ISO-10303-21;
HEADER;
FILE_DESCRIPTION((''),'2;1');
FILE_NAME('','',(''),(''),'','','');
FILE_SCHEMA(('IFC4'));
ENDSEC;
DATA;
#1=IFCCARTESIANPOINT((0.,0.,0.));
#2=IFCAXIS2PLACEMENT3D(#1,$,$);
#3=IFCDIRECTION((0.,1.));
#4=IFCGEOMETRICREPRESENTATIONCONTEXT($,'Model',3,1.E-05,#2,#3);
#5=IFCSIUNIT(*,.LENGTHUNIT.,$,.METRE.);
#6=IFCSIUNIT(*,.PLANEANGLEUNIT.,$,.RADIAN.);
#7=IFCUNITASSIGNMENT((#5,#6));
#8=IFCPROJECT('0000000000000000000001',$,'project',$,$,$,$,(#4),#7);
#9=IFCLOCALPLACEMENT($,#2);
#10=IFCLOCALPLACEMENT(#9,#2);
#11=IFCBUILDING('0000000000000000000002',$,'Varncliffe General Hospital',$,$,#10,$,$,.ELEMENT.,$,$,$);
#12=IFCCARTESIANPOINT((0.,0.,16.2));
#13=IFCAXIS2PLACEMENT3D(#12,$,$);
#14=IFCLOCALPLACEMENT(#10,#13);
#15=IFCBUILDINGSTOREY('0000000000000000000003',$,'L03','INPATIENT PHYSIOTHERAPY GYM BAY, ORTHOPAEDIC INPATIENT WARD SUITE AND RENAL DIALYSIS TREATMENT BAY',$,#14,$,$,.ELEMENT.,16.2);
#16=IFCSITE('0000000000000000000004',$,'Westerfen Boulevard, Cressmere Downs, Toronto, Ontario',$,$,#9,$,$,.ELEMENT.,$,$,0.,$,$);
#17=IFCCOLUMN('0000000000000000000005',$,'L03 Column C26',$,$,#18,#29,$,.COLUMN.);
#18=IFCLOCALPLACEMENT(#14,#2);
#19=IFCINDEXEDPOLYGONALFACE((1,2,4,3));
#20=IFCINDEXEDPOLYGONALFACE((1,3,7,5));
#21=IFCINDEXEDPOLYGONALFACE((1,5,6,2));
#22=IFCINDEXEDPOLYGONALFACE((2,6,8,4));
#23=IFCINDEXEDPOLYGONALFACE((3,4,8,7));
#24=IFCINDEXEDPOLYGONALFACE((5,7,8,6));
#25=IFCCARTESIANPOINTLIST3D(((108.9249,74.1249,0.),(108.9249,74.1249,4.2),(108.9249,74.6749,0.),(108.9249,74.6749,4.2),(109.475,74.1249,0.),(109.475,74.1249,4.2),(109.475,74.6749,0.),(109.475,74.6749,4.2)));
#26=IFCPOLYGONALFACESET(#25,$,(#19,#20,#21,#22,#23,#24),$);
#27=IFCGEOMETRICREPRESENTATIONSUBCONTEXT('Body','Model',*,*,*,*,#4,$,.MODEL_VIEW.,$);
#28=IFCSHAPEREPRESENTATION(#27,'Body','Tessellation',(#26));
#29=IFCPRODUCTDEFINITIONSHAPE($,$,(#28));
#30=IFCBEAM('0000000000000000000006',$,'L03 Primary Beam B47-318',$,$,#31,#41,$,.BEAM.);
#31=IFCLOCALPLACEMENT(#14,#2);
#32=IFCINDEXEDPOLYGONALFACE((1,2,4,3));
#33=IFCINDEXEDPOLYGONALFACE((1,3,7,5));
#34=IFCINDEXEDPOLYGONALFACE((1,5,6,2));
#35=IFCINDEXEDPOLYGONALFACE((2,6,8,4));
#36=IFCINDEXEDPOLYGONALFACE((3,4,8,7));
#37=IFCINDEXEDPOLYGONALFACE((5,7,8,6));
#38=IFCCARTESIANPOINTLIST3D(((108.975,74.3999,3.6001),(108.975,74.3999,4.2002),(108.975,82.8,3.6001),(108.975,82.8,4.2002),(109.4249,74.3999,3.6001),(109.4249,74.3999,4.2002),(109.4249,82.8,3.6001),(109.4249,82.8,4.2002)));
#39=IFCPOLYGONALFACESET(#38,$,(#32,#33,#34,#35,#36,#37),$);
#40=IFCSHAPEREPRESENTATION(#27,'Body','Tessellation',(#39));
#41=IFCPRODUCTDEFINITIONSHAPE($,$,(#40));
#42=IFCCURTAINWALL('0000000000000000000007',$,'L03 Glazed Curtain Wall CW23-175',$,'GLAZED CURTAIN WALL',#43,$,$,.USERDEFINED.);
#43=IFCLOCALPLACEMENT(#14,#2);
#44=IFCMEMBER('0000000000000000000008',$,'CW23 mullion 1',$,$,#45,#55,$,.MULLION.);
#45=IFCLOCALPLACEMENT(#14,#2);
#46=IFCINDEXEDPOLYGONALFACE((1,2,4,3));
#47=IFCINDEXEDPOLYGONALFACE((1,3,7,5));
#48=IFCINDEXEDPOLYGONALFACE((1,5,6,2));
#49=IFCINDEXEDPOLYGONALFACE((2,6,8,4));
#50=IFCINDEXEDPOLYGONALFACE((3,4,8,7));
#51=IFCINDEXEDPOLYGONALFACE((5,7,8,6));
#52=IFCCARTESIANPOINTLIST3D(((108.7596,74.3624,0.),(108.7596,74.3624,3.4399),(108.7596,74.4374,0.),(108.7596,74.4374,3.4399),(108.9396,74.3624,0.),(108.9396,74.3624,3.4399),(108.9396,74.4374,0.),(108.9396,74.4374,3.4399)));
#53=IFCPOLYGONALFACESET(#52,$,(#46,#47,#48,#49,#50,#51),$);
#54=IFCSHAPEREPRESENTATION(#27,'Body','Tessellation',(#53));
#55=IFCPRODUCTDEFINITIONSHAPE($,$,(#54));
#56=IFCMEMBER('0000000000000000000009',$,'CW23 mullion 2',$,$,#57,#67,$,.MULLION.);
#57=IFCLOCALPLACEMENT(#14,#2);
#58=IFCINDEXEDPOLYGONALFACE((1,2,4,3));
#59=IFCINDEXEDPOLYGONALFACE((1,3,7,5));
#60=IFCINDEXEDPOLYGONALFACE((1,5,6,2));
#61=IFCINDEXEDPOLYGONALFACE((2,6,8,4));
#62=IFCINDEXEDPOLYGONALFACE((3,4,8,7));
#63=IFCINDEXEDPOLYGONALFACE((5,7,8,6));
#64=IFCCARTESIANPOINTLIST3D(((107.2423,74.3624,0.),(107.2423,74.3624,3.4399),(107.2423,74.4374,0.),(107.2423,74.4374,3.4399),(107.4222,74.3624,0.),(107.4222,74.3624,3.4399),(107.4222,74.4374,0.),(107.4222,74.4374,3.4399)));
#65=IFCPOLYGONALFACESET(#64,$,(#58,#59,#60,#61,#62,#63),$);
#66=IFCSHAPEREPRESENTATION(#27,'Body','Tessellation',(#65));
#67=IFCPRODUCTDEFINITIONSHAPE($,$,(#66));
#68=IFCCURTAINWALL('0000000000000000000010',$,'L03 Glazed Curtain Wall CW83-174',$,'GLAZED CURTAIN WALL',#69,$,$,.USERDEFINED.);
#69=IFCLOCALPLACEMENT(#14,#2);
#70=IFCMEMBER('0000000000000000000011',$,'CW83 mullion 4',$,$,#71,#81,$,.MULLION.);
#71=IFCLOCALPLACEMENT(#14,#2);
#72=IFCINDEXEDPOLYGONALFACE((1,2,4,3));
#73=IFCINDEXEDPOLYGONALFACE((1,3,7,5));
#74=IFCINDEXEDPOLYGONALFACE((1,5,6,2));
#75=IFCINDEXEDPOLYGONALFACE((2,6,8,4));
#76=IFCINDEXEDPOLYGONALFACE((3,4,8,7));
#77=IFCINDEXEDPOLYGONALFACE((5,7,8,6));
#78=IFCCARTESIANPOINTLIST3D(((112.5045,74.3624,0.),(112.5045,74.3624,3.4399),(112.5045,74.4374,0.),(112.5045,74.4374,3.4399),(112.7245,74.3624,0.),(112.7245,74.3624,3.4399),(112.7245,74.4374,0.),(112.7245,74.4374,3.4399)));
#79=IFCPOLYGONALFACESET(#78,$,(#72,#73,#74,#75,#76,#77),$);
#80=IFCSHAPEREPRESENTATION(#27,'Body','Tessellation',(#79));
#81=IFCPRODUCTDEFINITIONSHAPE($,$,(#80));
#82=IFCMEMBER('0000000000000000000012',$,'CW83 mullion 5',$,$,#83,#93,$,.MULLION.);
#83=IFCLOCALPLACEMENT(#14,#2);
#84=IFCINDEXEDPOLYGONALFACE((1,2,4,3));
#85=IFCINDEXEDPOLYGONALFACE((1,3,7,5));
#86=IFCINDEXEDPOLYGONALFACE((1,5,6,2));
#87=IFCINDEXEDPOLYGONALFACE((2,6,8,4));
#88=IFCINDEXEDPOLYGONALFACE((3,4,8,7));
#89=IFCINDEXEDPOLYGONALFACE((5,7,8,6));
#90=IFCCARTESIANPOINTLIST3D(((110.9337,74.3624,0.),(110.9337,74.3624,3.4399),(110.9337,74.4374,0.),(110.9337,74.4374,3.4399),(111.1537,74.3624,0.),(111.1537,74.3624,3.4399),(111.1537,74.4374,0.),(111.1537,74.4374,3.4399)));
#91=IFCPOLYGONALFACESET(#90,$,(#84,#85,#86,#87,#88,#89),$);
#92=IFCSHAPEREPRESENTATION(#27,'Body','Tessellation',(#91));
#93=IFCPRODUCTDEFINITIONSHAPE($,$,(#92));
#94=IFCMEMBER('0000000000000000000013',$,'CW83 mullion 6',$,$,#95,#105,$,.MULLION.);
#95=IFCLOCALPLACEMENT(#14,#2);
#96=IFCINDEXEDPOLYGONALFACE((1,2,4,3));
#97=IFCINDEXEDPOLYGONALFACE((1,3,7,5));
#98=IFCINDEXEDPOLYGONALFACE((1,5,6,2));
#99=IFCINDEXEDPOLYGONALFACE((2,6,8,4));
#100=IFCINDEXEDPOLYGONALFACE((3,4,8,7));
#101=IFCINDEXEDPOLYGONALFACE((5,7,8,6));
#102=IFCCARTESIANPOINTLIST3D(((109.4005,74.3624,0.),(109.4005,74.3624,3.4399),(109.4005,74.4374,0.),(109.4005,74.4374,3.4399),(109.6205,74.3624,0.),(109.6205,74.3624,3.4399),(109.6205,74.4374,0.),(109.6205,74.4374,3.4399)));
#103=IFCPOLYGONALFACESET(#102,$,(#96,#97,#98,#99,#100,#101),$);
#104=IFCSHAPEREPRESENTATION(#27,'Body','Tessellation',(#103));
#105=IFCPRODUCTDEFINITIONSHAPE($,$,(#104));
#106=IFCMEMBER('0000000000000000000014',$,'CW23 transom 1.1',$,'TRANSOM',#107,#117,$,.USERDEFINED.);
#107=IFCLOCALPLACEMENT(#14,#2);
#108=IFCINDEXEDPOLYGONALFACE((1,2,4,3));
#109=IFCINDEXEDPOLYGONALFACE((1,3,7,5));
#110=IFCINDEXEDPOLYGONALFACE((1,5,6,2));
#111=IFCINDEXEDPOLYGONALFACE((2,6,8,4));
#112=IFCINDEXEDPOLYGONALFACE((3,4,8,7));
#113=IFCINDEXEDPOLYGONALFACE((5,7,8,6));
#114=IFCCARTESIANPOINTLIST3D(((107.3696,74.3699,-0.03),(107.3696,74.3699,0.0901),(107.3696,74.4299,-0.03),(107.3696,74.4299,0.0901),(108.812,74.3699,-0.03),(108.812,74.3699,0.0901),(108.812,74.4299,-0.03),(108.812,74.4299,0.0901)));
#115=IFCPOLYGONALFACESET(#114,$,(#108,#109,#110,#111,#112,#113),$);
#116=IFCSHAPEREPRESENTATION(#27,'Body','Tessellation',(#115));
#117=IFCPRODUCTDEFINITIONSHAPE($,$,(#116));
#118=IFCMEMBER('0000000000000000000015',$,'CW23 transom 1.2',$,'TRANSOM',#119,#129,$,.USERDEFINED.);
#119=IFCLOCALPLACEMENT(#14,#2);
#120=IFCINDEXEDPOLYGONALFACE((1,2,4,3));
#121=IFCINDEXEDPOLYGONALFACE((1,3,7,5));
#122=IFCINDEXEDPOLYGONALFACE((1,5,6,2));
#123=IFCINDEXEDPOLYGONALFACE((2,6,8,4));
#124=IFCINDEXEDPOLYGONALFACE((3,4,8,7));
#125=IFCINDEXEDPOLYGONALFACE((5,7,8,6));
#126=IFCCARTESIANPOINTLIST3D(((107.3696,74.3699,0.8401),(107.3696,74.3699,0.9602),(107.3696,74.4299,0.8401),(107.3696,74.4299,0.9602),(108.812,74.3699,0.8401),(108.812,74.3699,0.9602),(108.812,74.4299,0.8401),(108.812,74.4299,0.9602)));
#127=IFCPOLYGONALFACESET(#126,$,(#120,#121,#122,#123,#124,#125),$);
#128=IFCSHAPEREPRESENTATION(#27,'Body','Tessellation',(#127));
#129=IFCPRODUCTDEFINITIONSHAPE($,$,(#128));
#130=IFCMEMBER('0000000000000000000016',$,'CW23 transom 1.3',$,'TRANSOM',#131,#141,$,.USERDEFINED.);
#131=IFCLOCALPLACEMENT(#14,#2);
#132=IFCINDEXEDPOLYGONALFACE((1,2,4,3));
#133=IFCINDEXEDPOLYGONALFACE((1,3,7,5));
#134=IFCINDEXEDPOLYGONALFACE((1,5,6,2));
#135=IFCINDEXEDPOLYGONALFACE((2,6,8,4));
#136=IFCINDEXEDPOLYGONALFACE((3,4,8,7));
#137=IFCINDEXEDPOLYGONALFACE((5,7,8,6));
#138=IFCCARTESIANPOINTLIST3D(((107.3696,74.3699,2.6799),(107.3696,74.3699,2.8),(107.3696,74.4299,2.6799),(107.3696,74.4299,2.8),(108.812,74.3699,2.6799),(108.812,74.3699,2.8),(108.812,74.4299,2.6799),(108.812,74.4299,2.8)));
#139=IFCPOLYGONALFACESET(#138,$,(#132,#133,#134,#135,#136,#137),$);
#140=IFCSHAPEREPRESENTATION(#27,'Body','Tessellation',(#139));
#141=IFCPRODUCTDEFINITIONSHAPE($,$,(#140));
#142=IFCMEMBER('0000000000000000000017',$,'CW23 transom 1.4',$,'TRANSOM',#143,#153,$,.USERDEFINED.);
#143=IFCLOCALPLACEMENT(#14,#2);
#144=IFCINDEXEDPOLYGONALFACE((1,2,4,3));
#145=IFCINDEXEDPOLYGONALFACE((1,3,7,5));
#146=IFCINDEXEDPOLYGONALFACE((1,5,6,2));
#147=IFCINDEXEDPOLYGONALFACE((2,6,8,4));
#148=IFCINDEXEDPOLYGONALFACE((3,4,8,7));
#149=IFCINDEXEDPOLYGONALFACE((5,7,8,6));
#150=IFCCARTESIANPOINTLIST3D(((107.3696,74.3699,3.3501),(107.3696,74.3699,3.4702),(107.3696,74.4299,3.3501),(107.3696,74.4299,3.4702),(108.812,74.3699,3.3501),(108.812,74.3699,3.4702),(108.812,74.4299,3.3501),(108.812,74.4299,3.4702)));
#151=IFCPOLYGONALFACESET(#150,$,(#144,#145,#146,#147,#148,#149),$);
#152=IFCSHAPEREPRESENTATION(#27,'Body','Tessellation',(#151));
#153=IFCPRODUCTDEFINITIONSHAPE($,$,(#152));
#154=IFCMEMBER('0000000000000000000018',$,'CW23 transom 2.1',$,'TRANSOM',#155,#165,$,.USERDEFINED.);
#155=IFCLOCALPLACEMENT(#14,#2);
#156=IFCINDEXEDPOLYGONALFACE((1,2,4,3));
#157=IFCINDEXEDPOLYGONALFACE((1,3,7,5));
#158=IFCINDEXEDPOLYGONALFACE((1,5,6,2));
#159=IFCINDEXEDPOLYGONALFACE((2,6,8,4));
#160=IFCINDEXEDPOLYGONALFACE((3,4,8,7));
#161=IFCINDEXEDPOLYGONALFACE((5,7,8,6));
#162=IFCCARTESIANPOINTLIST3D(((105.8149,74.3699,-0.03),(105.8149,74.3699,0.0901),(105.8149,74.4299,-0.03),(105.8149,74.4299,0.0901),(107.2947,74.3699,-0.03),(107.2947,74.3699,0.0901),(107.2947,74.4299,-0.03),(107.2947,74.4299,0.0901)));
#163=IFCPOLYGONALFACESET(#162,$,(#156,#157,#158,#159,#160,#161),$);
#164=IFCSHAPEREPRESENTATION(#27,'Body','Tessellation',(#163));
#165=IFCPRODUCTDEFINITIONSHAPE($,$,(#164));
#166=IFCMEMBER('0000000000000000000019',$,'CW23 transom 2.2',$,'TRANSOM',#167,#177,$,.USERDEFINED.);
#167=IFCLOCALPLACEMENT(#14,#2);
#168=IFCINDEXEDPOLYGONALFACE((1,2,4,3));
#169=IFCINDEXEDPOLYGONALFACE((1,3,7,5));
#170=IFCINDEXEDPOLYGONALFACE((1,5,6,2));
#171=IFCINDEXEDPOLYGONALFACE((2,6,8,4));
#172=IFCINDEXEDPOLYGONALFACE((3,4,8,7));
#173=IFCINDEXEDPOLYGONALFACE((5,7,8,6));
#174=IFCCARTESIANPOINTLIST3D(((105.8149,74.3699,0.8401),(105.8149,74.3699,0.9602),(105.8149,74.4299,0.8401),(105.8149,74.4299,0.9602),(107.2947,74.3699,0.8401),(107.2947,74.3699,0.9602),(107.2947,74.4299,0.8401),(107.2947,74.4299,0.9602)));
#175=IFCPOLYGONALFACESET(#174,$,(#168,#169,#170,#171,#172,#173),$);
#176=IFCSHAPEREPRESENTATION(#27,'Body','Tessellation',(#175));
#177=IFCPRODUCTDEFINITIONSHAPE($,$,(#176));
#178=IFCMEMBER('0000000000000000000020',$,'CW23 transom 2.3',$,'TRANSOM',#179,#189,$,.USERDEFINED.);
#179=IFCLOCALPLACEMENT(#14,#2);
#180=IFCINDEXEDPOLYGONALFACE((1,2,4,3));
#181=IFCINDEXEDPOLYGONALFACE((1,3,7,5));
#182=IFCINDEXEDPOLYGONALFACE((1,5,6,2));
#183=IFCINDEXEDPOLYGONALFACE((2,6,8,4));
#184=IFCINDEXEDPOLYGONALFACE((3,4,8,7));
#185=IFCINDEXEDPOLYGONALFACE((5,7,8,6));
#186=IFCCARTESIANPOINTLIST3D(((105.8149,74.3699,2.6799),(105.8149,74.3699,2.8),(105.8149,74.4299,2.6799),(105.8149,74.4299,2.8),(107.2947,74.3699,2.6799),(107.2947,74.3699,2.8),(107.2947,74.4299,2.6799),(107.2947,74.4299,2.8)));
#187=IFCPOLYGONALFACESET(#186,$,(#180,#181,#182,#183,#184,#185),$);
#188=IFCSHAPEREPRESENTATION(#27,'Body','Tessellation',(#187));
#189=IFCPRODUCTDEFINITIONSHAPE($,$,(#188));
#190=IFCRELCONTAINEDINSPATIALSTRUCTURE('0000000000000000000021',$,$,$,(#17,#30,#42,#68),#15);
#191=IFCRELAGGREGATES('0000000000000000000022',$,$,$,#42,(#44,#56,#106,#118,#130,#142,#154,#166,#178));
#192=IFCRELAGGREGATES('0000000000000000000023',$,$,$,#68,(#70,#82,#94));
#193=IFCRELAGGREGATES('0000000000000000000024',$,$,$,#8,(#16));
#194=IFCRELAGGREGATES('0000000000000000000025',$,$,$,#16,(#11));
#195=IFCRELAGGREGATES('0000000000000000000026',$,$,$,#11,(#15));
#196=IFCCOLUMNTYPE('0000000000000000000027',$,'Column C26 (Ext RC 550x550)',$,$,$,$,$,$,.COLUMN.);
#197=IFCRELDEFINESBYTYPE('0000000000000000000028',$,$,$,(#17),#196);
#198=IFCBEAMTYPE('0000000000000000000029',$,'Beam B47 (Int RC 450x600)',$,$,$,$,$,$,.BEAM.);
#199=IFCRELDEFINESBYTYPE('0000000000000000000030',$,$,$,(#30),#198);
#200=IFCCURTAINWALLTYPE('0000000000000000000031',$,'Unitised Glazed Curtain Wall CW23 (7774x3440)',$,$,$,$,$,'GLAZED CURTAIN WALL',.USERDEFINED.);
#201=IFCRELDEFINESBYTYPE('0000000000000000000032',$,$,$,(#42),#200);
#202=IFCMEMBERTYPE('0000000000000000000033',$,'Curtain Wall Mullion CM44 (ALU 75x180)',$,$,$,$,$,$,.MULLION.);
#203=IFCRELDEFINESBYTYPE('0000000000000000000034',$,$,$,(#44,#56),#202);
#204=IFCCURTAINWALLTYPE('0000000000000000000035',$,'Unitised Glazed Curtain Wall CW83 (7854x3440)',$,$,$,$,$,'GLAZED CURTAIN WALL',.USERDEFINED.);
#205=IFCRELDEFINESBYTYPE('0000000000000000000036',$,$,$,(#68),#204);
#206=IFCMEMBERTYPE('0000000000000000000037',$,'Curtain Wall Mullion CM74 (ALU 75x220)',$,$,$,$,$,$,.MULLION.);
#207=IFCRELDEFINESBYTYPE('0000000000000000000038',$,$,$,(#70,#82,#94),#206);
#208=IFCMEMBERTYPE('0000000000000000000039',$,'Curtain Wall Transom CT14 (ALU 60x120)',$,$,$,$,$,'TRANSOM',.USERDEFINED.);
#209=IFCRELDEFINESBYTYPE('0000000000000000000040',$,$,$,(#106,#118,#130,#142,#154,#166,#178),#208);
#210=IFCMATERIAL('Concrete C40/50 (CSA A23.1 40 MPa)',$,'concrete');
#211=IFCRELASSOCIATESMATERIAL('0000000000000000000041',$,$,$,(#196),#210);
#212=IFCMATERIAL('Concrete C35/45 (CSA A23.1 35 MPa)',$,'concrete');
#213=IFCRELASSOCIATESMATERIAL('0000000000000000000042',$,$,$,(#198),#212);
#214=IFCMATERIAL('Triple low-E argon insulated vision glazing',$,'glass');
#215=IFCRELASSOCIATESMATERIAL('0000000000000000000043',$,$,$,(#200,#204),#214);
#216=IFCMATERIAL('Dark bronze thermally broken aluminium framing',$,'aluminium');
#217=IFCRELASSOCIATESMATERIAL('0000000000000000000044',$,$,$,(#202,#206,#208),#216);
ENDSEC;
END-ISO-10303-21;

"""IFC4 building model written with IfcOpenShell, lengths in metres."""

from ifc_helpers import new_model, si_unit, direction, frame, origin, origin_2d, place, context, subcontext, project, spatial, rectangle, extrude, material, material_profile, profile_set, type_object, element, aggregate, save


model = new_model("IFC4")

# Units and contexts
model_context = context("Model", 3, precision=1e-05, world=origin(), true_north=direction((0.0, 1.0)))
body_context = subcontext(model_context, "Body", "Model", "MODEL_VIEW")
ifc_project = project(units=[si_unit("LENGTHUNIT", "METRE"), si_unit("PLANEANGLEUNIT", "RADIAN")], contexts=[model_context])

# Site, building, storey
site_placement = place(None, origin())
site = spatial("IfcSite", under=ifc_project, at=site_placement, Name="Westerfen Boulevard, Cressmere Downs, Toronto, Ontario", CompositionType="ELEMENT", RefElevation=0.0)
building_placement = place(site_placement, origin())
building = spatial("IfcBuilding", under=site, at=building_placement, Name="Varncliffe General Hospital", CompositionType="ELEMENT")
storey_placement = place(building_placement, frame((0.0, 0.0, 16.2)))
storey = spatial("IfcBuildingStorey", under=building, at=storey_placement, Name="L03", Description="INPATIENT PHYSIOTHERAPY GYM BAY, ORTHOPAEDIC INPATIENT WARD SUITE AND RENAL DIALYSIS TREATMENT BAY", CompositionType="ELEMENT", Elevation=16.2)

# Column
ifc_material_1 = material(Name="Concrete C40/50 (CSA A23.1 40 MPa)", Category="concrete")
ifc_material_profile_1 = material_profile(ifc_material_1, rectangle(XDim=0.55, YDim=0.55, at=origin_2d()), Name="RC 550x550")
ifc_profile_set_1 = profile_set([ifc_material_profile_1], Name="Concrete C40/50 (CSA A23.1 40 MPa)")
column_type = type_object("IfcColumnType", Name="Column C26 (Ext RC 550x550)", PredefinedType="COLUMN", material=ifc_profile_set_1)
column_placement = place(storey_placement, frame((109.2, 74.3999, 0.0), z_axis=(0.0, 0.0, 1.0), x_axis=(1.0, 0.0, 0.0)))
element("IfcColumn", 1, at=column_placement, inside=storey, type_object=column_type, Name="L03 Column C26", PredefinedType="COLUMN", context=body_context, shape_type="SweptSolid", body=[
    extrude(rectangle(XDim=0.55, YDim=0.55, at=origin_2d()), origin(), (0.0, 0.0, 1.0), 4.2),
])

# Beam
ifc_material_2 = material(Name="Concrete C35/45 (CSA A23.1 35 MPa)", Category="concrete")
ifc_material_profile_2 = material_profile(ifc_material_2, rectangle(XDim=0.45, YDim=0.6001, at=origin_2d()), Name="RC 450x600")
ifc_profile_set_2 = profile_set([ifc_material_profile_2], Name="Concrete C35/45 (CSA A23.1 35 MPa)")
beam_type_1 = type_object("IfcBeamType", Name="Beam B47 (Int RC 450x600)", PredefinedType="BEAM", material=ifc_profile_set_2)
beam_1_placement = place(storey_placement, frame((109.2, 74.3999, 3.9001), z_axis=(0.0, 1.0, 0.0), x_axis=(-1.0, 0.0, 0.0)))
element("IfcBeam", 2, at=beam_1_placement, inside=storey, type_object=beam_type_1, Name="L03 Primary Beam B47-318", PredefinedType="BEAM", context=body_context, shape_type="SweptSolid", body=[
    extrude(rectangle(XDim=0.45, YDim=0.6001, at=origin_2d()), origin(), (0.0, 0.0, 1.0), 8.4001),
])

# Curtain walls, members
ifc_material_3 = material(Name="Triple low-E argon insulated vision glazing", Category="glass")
curtain_wall_type_1 = type_object("IfcCurtainWallType", Name="Unitised Glazed Curtain Wall CW23 (7774x3440)", ElementType="GLAZED CURTAIN WALL", PredefinedType="USERDEFINED", material=ifc_material_3)
curtain_wall_1_placement = place(storey_placement, origin())
curtain_wall_1 = element("IfcCurtainWall", 3, at=curtain_wall_1_placement, inside=storey, type_object=curtain_wall_type_1, Name="L03 Glazed Curtain Wall CW23-175", ObjectType="GLAZED CURTAIN WALL", PredefinedType="USERDEFINED")
ifc_material_4 = material(Name="Dark bronze thermally broken aluminium framing", Category="aluminium")
ifc_material_profile_3 = material_profile(ifc_material_4, rectangle(XDim=0.075, YDim=0.1799, at=origin_2d()), Name="ALU 75x180")
ifc_profile_set_3 = profile_set([ifc_material_profile_3], Name="Dark bronze thermally broken aluminium framing")
member_type_1 = type_object("IfcMemberType", Name="Curtain Wall Mullion CM44 (ALU 75x180)", PredefinedType="MULLION", material=ifc_profile_set_3)
member_1_placement = place(storey_placement, frame((108.8496, 74.3999, 0.0), z_axis=(0.0, 0.0, 1.0), x_axis=(0.0, -1.0, 0.0)))
member_1 = element("IfcMember", 4, at=member_1_placement, type_object=member_type_1, Name="CW23 mullion 1", PredefinedType="MULLION", context=body_context, shape_type="SweptSolid", body=[
    extrude(rectangle(XDim=0.075, YDim=0.1799, at=origin_2d()), origin(), (0.0, 0.0, 1.0), 3.4399),
])
member_2_placement = place(storey_placement, frame((107.3323, 74.3999, 0.0), z_axis=(0.0, 0.0, 1.0), x_axis=(0.0, -1.0, 0.0)))
member_2 = element("IfcMember", 5, at=member_2_placement, type_object=member_type_1, Name="CW23 mullion 2", PredefinedType="MULLION", context=body_context, shape_type="SweptSolid", body=[
    extrude(rectangle(XDim=0.075, YDim=0.1799, at=origin_2d()), origin(), (0.0, 0.0, 1.0), 3.4399),
])
curtain_wall_type_2 = type_object("IfcCurtainWallType", Name="Unitised Glazed Curtain Wall CW83 (7854x3440)", ElementType="GLAZED CURTAIN WALL", PredefinedType="USERDEFINED", material=ifc_material_3)
curtain_wall_2_placement = place(storey_placement, origin())
curtain_wall_2 = element("IfcCurtainWall", 6, at=curtain_wall_2_placement, inside=storey, type_object=curtain_wall_type_2, Name="L03 Glazed Curtain Wall CW83-174", ObjectType="GLAZED CURTAIN WALL", PredefinedType="USERDEFINED")
ifc_material_profile_4 = material_profile(ifc_material_4, rectangle(XDim=0.075, YDim=0.22, at=origin_2d()), Name="ALU 75x220")
ifc_profile_set_4 = profile_set([ifc_material_profile_4], Name="Dark bronze thermally broken aluminium framing")
member_type_2 = type_object("IfcMemberType", Name="Curtain Wall Mullion CM74 (ALU 75x220)", PredefinedType="MULLION", material=ifc_profile_set_4)
member_3_placement = place(storey_placement, frame((112.6145, 74.3999, 0.0), z_axis=(0.0, 0.0, 1.0), x_axis=(0.0, -1.0, 0.0)))
member_3 = element("IfcMember", 7, at=member_3_placement, type_object=member_type_2, Name="CW83 mullion 4", PredefinedType="MULLION", context=body_context, shape_type="SweptSolid", body=[
    extrude(rectangle(XDim=0.075, YDim=0.22, at=origin_2d()), origin(), (0.0, 0.0, 1.0), 3.4399),
])
member_4_placement = place(storey_placement, frame((111.0437, 74.3999, 0.0), z_axis=(0.0, 0.0, 1.0), x_axis=(0.0, -1.0, 0.0)))
member_4 = element("IfcMember", 8, at=member_4_placement, type_object=member_type_2, Name="CW83 mullion 5", PredefinedType="MULLION", context=body_context, shape_type="SweptSolid", body=[
    extrude(rectangle(XDim=0.075, YDim=0.22, at=origin_2d()), origin(), (0.0, 0.0, 1.0), 3.4399),
])
member_5_placement = place(storey_placement, frame((109.5105, 74.3999, 0.0), z_axis=(0.0, 0.0, 1.0), x_axis=(0.0, -1.0, 0.0)))
member_5 = element("IfcMember", 9, at=member_5_placement, type_object=member_type_2, Name="CW83 mullion 6", PredefinedType="MULLION", context=body_context, shape_type="SweptSolid", body=[
    extrude(rectangle(XDim=0.075, YDim=0.22, at=origin_2d()), origin(), (0.0, 0.0, 1.0), 3.4399),
])

# Members
ifc_material_profile_5 = material_profile(ifc_material_4, rectangle(XDim=0.0601, YDim=0.1201, at=origin_2d()), Name="ALU 60x120")
ifc_profile_set_5 = profile_set([ifc_material_profile_5], Name="Dark bronze thermally broken aluminium framing")
member_type_3 = type_object("IfcMemberType", Name="Curtain Wall Transom CT14 (ALU 60x120)", ElementType="TRANSOM", PredefinedType="USERDEFINED", material=ifc_profile_set_5)
member_6_placement = place(storey_placement, frame((108.812, 74.3999, 0.03), z_axis=(-1.0, 0.0, 0.0), x_axis=(0.0, -1.0, 0.0)))
member_6 = element("IfcMember", 10, at=member_6_placement, type_object=member_type_3, Name="CW23 transom 1.1", ObjectType="TRANSOM", PredefinedType="USERDEFINED", context=body_context, shape_type="SweptSolid", body=[
    extrude(rectangle(XDim=0.0601, YDim=0.1201, at=origin_2d()), origin(), (0.0, 0.0, 1.0), 1.4424),
])
member_7_placement = place(storey_placement, frame((108.812, 74.3999, 0.9001), z_axis=(-1.0, 0.0, 0.0), x_axis=(0.0, -1.0, 0.0)))
member_7 = element("IfcMember", 11, at=member_7_placement, type_object=member_type_3, Name="CW23 transom 1.2", ObjectType="TRANSOM", PredefinedType="USERDEFINED", context=body_context, shape_type="SweptSolid", body=[
    extrude(rectangle(XDim=0.0601, YDim=0.1201, at=origin_2d()), origin(), (0.0, 0.0, 1.0), 1.4424),
])
member_8_placement = place(storey_placement, frame((108.812, 74.3999, 2.74), z_axis=(-1.0, 0.0, 0.0), x_axis=(0.0, -1.0, 0.0)))
member_8 = element("IfcMember", 12, at=member_8_placement, type_object=member_type_3, Name="CW23 transom 1.3", ObjectType="TRANSOM", PredefinedType="USERDEFINED", context=body_context, shape_type="SweptSolid", body=[
    extrude(rectangle(XDim=0.0601, YDim=0.1201, at=origin_2d()), origin(), (0.0, 0.0, 1.0), 1.4424),
])
member_9_placement = place(storey_placement, frame((108.812, 74.3999, 3.4102), z_axis=(-1.0, 0.0, 0.0), x_axis=(0.0, -1.0, 0.0)))
member_9 = element("IfcMember", 13, at=member_9_placement, type_object=member_type_3, Name="CW23 transom 1.4", ObjectType="TRANSOM", PredefinedType="USERDEFINED", context=body_context, shape_type="SweptSolid", body=[
    extrude(rectangle(XDim=0.0601, YDim=0.1201, at=origin_2d()), origin(), (0.0, 0.0, 1.0), 1.4424),
])
member_10_placement = place(storey_placement, frame((107.2947, 74.3999, 0.03), z_axis=(-1.0, 0.0, 0.0), x_axis=(0.0, -1.0, 0.0)))
member_10 = element("IfcMember", 14, at=member_10_placement, type_object=member_type_3, Name="CW23 transom 2.1", ObjectType="TRANSOM", PredefinedType="USERDEFINED", context=body_context, shape_type="SweptSolid", body=[
    extrude(rectangle(XDim=0.0601, YDim=0.1201, at=origin_2d()), origin(), (0.0, 0.0, 1.0), 1.4797),
])
member_11_placement = place(storey_placement, frame((107.2947, 74.3999, 0.9001), z_axis=(-1.0, 0.0, 0.0), x_axis=(0.0, -1.0, 0.0)))
member_11 = element("IfcMember", 15, at=member_11_placement, type_object=member_type_3, Name="CW23 transom 2.2", ObjectType="TRANSOM", PredefinedType="USERDEFINED", context=body_context, shape_type="SweptSolid", body=[
    extrude(rectangle(XDim=0.0601, YDim=0.1201, at=origin_2d()), origin(), (0.0, 0.0, 1.0), 1.4797),
])
member_12_placement = place(storey_placement, frame((107.2947, 74.3999, 2.74), z_axis=(-1.0, 0.0, 0.0), x_axis=(0.0, -1.0, 0.0)))
member_12 = element("IfcMember", 16, at=member_12_placement, type_object=member_type_3, Name="CW23 transom 2.3", ObjectType="TRANSOM", PredefinedType="USERDEFINED", context=body_context, shape_type="SweptSolid", body=[
    extrude(rectangle(XDim=0.0601, YDim=0.1201, at=origin_2d()), origin(), (0.0, 0.0, 1.0), 1.4797),
])

aggregate(curtain_wall_1, [member_1, member_2, member_6, member_7, member_8, member_9, member_10, member_11, member_12])
aggregate(curtain_wall_2, [member_3, member_4, member_5])

save(model, "model.ifc")
